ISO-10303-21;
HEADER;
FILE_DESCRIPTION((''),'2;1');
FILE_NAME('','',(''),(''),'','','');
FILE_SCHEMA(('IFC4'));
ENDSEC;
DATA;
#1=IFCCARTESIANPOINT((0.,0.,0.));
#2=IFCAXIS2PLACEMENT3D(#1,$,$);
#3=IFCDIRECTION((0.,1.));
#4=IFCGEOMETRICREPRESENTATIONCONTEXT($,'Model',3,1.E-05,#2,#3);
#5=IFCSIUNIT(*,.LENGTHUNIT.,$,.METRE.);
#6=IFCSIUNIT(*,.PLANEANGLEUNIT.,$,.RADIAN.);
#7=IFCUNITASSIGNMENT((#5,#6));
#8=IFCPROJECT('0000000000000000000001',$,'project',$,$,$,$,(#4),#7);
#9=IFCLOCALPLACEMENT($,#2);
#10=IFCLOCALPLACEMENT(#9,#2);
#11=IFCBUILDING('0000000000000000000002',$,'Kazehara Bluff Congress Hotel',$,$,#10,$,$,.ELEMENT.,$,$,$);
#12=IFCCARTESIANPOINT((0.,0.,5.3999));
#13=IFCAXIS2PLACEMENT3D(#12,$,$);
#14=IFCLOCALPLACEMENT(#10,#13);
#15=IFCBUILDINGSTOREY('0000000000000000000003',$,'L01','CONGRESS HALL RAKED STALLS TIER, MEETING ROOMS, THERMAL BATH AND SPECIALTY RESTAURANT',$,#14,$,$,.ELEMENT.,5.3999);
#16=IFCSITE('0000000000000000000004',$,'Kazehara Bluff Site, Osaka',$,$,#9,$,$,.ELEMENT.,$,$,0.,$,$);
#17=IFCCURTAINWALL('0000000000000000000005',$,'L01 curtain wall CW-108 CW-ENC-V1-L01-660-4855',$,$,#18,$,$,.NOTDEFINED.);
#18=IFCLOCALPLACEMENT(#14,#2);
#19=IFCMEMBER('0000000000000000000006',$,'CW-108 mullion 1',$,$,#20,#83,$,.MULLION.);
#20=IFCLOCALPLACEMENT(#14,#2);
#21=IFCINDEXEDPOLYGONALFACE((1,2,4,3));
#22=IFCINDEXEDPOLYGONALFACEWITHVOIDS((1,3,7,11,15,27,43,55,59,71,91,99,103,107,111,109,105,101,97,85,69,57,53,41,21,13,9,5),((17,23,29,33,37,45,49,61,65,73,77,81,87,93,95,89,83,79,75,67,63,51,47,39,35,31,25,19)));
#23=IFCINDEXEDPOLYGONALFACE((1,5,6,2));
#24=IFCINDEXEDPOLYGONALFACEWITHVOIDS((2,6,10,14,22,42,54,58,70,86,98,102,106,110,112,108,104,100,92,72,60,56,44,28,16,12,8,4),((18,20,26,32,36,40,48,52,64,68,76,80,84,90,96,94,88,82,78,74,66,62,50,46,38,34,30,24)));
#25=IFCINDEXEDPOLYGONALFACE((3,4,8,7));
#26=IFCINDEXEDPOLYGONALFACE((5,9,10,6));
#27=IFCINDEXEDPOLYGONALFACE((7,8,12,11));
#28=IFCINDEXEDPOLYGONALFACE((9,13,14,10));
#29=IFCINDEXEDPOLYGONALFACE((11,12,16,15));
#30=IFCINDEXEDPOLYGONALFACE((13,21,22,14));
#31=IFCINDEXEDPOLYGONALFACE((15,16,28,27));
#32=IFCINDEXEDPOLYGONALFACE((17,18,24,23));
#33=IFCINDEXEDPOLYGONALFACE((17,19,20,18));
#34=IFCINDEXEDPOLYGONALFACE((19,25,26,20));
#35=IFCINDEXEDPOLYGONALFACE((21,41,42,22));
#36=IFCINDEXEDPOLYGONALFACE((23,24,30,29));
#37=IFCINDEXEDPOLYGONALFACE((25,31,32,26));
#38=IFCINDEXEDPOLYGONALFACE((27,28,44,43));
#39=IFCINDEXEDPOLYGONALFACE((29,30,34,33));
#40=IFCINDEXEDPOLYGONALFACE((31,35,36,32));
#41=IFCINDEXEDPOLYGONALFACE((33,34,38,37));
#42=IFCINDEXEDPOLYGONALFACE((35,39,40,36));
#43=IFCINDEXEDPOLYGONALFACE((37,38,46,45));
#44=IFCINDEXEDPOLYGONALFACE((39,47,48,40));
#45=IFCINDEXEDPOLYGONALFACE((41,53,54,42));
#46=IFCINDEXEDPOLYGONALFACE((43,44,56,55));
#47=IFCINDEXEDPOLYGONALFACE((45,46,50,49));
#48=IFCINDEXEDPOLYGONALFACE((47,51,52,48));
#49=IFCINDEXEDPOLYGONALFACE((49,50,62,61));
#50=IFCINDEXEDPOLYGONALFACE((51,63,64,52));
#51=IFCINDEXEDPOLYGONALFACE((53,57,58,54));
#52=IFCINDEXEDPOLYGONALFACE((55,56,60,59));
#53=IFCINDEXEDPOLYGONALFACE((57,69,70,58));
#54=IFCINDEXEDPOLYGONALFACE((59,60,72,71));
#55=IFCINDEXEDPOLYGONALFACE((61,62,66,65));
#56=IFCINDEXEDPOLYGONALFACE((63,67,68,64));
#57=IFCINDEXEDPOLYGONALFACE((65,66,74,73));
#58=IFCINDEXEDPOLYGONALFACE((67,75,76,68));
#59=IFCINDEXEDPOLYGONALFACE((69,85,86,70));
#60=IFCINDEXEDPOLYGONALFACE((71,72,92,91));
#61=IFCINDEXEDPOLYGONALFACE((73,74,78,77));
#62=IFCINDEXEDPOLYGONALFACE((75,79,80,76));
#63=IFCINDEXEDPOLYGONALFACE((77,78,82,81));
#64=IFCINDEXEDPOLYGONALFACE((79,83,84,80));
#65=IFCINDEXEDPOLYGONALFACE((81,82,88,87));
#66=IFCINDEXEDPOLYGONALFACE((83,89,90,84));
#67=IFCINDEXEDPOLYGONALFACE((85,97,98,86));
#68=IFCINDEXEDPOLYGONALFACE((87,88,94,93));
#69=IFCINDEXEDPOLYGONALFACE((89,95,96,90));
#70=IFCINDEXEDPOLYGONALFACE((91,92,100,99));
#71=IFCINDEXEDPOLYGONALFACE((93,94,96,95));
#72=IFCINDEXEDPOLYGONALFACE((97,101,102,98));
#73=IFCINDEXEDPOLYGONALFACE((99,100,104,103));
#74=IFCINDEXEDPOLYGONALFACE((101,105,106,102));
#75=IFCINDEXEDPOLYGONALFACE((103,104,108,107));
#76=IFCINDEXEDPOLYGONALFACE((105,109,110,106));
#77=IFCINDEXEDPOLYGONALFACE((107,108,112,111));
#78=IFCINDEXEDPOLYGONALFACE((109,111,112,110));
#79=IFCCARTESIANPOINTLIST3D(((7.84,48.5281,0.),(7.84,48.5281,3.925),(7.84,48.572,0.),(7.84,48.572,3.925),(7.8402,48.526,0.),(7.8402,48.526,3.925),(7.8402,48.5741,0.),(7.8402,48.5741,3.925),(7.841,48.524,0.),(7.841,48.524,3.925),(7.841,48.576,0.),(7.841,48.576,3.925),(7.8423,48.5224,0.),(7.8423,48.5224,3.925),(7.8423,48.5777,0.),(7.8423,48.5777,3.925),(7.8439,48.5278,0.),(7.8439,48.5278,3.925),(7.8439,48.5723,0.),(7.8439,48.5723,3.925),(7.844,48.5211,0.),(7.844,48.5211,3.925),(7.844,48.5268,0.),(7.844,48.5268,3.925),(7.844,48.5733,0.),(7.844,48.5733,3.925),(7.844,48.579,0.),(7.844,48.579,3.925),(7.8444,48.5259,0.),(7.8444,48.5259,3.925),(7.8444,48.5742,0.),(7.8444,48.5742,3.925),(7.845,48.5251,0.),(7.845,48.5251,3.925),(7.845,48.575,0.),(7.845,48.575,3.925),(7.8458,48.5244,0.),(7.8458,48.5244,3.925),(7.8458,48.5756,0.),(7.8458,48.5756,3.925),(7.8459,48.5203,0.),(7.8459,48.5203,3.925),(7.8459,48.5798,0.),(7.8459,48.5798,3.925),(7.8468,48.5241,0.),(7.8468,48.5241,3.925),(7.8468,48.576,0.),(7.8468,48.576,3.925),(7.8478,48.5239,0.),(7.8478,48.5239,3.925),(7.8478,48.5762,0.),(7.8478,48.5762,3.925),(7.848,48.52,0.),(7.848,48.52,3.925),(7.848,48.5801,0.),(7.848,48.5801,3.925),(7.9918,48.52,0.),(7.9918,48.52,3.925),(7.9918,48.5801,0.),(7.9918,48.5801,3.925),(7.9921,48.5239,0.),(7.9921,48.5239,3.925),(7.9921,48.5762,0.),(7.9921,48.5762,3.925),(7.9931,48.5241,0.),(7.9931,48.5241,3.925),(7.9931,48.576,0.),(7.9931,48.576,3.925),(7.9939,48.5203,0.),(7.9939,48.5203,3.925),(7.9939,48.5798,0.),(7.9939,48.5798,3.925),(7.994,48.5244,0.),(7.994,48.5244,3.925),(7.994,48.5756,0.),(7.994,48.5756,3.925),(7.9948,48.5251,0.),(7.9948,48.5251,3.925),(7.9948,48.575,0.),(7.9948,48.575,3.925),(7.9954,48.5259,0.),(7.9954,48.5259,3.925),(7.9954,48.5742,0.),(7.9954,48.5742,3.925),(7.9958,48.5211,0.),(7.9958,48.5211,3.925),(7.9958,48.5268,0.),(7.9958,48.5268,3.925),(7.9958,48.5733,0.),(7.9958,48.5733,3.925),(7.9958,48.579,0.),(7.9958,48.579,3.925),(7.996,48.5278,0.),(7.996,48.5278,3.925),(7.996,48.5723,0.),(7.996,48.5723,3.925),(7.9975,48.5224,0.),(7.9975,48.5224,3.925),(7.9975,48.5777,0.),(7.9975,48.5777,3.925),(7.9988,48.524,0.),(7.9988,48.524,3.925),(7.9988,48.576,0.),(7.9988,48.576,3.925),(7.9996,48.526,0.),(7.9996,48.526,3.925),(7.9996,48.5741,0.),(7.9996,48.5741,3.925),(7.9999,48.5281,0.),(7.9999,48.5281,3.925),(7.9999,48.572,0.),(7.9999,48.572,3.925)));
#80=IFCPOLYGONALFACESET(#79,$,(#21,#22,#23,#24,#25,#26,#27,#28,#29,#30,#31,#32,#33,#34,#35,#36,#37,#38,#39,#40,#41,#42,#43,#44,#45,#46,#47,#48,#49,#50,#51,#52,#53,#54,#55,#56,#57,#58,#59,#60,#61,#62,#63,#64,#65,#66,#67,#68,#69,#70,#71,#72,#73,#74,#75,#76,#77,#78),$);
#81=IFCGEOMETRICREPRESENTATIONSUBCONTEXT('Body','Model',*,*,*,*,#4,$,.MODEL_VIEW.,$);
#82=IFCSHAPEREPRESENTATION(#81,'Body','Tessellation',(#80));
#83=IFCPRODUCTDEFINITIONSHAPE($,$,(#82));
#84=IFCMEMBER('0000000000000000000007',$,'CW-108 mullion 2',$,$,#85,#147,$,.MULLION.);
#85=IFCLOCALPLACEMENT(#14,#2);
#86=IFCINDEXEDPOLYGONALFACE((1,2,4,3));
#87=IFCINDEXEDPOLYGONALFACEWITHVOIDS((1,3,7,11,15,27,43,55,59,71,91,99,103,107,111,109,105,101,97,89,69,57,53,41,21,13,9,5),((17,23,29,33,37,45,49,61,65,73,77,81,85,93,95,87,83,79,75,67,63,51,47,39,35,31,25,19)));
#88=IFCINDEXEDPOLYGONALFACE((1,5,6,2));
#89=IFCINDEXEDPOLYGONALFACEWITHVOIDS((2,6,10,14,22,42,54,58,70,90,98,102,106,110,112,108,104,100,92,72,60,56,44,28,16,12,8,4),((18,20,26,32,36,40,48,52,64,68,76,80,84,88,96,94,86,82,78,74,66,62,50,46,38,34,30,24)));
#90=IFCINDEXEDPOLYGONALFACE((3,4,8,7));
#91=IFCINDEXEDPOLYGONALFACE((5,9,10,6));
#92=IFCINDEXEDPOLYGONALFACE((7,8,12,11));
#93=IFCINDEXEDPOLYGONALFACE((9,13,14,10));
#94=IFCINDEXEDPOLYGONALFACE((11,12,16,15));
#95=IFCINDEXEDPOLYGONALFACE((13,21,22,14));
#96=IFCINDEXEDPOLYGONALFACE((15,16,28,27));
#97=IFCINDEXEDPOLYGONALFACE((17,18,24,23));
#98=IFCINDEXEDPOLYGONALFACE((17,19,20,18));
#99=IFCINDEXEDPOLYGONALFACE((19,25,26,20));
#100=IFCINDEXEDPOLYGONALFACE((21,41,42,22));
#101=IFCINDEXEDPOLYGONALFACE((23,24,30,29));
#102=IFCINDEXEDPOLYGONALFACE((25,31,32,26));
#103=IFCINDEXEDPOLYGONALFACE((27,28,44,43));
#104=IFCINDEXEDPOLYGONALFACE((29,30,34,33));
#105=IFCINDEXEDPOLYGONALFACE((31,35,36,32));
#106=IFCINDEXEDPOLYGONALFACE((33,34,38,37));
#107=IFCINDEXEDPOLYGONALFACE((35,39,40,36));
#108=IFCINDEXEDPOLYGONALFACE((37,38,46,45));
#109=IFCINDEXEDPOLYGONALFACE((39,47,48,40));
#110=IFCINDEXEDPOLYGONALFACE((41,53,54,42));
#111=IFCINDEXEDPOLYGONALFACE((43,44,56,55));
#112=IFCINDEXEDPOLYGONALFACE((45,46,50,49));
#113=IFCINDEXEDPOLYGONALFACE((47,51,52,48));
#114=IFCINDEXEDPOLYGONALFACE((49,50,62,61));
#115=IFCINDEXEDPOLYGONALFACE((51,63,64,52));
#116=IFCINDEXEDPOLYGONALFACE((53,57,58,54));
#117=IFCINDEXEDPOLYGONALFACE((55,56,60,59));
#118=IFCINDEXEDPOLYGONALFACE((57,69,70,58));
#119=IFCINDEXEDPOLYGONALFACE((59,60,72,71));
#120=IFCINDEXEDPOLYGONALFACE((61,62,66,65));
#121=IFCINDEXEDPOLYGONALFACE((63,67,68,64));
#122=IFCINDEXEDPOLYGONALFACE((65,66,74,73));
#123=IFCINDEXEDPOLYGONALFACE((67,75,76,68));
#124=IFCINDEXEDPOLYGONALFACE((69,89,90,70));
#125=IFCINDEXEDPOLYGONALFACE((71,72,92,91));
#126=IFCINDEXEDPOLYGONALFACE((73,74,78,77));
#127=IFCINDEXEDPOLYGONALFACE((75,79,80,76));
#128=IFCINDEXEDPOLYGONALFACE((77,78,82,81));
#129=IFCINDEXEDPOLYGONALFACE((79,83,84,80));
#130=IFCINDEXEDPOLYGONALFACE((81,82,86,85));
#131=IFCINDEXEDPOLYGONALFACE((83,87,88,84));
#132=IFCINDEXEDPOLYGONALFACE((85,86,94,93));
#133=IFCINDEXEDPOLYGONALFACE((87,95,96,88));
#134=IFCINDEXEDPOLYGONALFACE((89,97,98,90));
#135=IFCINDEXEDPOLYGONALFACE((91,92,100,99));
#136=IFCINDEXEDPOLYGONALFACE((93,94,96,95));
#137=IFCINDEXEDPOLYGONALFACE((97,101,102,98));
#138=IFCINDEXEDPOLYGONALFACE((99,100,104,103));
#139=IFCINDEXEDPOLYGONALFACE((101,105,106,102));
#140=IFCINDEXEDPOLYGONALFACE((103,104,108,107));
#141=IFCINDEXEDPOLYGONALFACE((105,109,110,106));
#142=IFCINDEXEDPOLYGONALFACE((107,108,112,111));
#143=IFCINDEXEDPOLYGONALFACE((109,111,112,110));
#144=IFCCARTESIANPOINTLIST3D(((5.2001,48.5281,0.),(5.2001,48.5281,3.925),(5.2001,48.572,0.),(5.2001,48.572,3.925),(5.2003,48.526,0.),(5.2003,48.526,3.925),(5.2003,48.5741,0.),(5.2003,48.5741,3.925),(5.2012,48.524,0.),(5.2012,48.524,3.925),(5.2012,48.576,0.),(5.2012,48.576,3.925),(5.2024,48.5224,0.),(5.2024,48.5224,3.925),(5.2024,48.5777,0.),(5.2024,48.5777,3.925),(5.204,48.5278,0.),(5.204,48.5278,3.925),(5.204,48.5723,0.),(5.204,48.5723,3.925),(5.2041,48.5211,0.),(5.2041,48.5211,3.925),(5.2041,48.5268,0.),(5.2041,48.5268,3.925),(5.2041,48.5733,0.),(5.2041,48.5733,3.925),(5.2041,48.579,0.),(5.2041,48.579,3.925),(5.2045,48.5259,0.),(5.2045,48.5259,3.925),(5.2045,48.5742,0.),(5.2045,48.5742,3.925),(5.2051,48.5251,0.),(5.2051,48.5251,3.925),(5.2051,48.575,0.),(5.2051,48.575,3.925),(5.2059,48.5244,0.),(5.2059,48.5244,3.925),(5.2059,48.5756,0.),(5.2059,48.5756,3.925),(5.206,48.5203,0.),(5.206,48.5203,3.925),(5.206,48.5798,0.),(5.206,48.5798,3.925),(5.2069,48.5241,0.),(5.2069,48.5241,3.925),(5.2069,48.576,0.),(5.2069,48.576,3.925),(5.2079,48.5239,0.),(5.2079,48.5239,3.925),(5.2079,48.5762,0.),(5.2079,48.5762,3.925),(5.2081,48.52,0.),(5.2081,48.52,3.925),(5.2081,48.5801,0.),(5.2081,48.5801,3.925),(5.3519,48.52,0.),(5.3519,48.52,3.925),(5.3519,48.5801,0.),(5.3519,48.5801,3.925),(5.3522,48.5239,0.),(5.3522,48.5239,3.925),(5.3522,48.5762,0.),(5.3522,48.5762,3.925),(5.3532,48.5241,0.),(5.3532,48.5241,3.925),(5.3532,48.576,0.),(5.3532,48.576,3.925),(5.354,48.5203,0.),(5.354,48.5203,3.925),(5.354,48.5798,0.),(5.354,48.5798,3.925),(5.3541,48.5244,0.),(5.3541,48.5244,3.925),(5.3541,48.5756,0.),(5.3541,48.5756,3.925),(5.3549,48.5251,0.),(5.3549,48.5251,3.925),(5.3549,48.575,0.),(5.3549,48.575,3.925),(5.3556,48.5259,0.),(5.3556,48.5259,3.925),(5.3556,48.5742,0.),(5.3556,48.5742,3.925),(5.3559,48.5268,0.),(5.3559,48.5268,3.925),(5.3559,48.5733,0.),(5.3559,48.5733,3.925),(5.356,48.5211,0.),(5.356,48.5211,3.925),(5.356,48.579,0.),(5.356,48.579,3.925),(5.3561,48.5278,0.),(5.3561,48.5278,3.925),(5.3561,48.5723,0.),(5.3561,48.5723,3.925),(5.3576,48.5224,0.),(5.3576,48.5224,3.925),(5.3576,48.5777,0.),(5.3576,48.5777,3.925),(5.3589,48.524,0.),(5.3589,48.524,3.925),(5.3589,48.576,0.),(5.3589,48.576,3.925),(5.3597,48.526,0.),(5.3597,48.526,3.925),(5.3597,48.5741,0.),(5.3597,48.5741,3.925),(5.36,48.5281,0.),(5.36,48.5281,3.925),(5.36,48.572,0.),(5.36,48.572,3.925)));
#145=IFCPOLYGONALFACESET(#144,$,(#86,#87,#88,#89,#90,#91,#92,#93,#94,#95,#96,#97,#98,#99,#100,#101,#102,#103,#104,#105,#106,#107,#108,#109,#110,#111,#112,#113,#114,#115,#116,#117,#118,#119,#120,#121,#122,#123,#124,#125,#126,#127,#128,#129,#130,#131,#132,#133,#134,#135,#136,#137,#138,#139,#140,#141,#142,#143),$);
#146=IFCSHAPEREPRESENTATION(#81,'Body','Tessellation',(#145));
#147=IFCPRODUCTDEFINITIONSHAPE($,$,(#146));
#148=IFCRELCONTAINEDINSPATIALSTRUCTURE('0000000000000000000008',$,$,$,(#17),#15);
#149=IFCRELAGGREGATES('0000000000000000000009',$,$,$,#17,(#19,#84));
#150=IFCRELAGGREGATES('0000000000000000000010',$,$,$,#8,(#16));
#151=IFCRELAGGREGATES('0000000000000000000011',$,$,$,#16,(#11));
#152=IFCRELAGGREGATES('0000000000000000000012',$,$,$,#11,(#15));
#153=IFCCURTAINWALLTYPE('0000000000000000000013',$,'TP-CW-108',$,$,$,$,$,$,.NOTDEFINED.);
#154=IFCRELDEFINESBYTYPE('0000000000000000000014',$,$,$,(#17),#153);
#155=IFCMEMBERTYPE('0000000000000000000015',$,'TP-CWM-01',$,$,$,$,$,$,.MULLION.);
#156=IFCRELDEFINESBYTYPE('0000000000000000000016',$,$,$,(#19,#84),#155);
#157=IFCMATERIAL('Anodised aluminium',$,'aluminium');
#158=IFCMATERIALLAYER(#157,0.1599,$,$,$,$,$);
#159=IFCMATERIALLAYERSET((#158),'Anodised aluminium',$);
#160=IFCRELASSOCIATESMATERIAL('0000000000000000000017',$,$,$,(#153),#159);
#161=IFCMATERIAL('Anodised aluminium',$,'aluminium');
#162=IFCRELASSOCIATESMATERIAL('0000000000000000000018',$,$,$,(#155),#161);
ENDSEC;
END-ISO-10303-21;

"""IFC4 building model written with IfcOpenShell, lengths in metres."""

from ifc_helpers import new_model, si_unit, direction, frame, origin, origin_2d, place, context, subcontext, project, spatial, hollow_rectangle, extrude, material, layer, layer_set, material_profile, profile_set, type_object, element, aggregate, save


model = new_model("IFC4")

# Units and contexts
model_context = context("Model", 3, precision=1e-05, world=origin(), true_north=direction((0.0, 1.0)))
body_context = subcontext(model_context, "Body", "Model", "MODEL_VIEW")
ifc_project = project(units=[si_unit("LENGTHUNIT", "METRE"), si_unit("PLANEANGLEUNIT", "RADIAN")], contexts=[model_context])

# Site, building, storey
site_placement = place(None, origin())
site = spatial("IfcSite", under=ifc_project, at=site_placement, Name="Kazehara Bluff Site, Osaka", CompositionType="ELEMENT", RefElevation=0.0)
building_placement = place(site_placement, origin())
building = spatial("IfcBuilding", under=site, at=building_placement, Name="Kazehara Bluff Congress Hotel", CompositionType="ELEMENT")
storey_placement = place(building_placement, frame((0.0, 0.0, 5.3999)))
storey = spatial("IfcBuildingStorey", under=building, at=storey_placement, Name="L01", Description="CONGRESS HALL RAKED STALLS TIER, MEETING ROOMS, THERMAL BATH AND SPECIALTY RESTAURANT", CompositionType="ELEMENT", Elevation=5.3999)

# Curtain wall, members
ifc_material_1 = material(Name="Anodised aluminium", Category="aluminium")
ifc_layer_1 = layer(ifc_material_1, 0.1599)
ifc_layer_set_1 = layer_set([ifc_layer_1], Name="Anodised aluminium")
curtain_wall_type = type_object("IfcCurtainWallType", Name="TP-CW-108", PredefinedType="NOTDEFINED", material=ifc_layer_set_1)
curtain_wall_placement = place(storey_placement, origin())
curtain_wall = element("IfcCurtainWall", 1, at=curtain_wall_placement, inside=storey, type_object=curtain_wall_type, Name="L01 curtain wall CW-108 CW-ENC-V1-L01-660-4855", PredefinedType="NOTDEFINED")
ifc_material_2 = material(Name="Anodised aluminium", Category="aluminium")
ifc_material_profile_1 = material_profile(ifc_material_2, hollow_rectangle(XDim=0.0601, YDim=0.1599, WallThickness=0.0039, InnerFilletRadius=0.0039, OuterFilletRadius=0.0081, at=origin_2d()))
ifc_profile_set_1 = profile_set([ifc_material_profile_1], Name="Anodised aluminium")
member_type_1 = type_object("IfcMemberType", Name="TP-CWM-01", PredefinedType="MULLION", material=ifc_profile_set_1)
member_1_placement = place(storey_placement, frame((7.9199, 48.55, 0.0), z_axis=(0.0, 0.0, 1.0), x_axis=(0.0, -1.0, 0.0)))
member_1 = element("IfcMember", 2, at=member_1_placement, type_object=member_type_1, Name="CW-108 mullion 1", PredefinedType="MULLION", context=body_context, shape_type="SweptSolid", body=[
    extrude(hollow_rectangle(XDim=0.0601, YDim=0.1599, WallThickness=0.0039, InnerFilletRadius=0.0039, OuterFilletRadius=0.0081, at=origin_2d()), origin(), (0.0, 0.0, 1.0), 3.925),
])
member_2_placement = place(storey_placement, frame((5.28, 48.55, 0.0), z_axis=(0.0, 0.0, 1.0), x_axis=(0.0, -1.0, 0.0)))
member_2 = element("IfcMember", 3, at=member_2_placement, type_object=member_type_1, Name="CW-108 mullion 2", PredefinedType="MULLION", context=body_context, shape_type="SweptSolid", body=[
    extrude(hollow_rectangle(XDim=0.0601, YDim=0.1599, WallThickness=0.0039, InnerFilletRadius=0.0039, OuterFilletRadius=0.0081, at=origin_2d()), origin(), (0.0, 0.0, 1.0), 3.925),
])

aggregate(curtain_wall, [member_1, member_2])

save(model, "model.ifc")
